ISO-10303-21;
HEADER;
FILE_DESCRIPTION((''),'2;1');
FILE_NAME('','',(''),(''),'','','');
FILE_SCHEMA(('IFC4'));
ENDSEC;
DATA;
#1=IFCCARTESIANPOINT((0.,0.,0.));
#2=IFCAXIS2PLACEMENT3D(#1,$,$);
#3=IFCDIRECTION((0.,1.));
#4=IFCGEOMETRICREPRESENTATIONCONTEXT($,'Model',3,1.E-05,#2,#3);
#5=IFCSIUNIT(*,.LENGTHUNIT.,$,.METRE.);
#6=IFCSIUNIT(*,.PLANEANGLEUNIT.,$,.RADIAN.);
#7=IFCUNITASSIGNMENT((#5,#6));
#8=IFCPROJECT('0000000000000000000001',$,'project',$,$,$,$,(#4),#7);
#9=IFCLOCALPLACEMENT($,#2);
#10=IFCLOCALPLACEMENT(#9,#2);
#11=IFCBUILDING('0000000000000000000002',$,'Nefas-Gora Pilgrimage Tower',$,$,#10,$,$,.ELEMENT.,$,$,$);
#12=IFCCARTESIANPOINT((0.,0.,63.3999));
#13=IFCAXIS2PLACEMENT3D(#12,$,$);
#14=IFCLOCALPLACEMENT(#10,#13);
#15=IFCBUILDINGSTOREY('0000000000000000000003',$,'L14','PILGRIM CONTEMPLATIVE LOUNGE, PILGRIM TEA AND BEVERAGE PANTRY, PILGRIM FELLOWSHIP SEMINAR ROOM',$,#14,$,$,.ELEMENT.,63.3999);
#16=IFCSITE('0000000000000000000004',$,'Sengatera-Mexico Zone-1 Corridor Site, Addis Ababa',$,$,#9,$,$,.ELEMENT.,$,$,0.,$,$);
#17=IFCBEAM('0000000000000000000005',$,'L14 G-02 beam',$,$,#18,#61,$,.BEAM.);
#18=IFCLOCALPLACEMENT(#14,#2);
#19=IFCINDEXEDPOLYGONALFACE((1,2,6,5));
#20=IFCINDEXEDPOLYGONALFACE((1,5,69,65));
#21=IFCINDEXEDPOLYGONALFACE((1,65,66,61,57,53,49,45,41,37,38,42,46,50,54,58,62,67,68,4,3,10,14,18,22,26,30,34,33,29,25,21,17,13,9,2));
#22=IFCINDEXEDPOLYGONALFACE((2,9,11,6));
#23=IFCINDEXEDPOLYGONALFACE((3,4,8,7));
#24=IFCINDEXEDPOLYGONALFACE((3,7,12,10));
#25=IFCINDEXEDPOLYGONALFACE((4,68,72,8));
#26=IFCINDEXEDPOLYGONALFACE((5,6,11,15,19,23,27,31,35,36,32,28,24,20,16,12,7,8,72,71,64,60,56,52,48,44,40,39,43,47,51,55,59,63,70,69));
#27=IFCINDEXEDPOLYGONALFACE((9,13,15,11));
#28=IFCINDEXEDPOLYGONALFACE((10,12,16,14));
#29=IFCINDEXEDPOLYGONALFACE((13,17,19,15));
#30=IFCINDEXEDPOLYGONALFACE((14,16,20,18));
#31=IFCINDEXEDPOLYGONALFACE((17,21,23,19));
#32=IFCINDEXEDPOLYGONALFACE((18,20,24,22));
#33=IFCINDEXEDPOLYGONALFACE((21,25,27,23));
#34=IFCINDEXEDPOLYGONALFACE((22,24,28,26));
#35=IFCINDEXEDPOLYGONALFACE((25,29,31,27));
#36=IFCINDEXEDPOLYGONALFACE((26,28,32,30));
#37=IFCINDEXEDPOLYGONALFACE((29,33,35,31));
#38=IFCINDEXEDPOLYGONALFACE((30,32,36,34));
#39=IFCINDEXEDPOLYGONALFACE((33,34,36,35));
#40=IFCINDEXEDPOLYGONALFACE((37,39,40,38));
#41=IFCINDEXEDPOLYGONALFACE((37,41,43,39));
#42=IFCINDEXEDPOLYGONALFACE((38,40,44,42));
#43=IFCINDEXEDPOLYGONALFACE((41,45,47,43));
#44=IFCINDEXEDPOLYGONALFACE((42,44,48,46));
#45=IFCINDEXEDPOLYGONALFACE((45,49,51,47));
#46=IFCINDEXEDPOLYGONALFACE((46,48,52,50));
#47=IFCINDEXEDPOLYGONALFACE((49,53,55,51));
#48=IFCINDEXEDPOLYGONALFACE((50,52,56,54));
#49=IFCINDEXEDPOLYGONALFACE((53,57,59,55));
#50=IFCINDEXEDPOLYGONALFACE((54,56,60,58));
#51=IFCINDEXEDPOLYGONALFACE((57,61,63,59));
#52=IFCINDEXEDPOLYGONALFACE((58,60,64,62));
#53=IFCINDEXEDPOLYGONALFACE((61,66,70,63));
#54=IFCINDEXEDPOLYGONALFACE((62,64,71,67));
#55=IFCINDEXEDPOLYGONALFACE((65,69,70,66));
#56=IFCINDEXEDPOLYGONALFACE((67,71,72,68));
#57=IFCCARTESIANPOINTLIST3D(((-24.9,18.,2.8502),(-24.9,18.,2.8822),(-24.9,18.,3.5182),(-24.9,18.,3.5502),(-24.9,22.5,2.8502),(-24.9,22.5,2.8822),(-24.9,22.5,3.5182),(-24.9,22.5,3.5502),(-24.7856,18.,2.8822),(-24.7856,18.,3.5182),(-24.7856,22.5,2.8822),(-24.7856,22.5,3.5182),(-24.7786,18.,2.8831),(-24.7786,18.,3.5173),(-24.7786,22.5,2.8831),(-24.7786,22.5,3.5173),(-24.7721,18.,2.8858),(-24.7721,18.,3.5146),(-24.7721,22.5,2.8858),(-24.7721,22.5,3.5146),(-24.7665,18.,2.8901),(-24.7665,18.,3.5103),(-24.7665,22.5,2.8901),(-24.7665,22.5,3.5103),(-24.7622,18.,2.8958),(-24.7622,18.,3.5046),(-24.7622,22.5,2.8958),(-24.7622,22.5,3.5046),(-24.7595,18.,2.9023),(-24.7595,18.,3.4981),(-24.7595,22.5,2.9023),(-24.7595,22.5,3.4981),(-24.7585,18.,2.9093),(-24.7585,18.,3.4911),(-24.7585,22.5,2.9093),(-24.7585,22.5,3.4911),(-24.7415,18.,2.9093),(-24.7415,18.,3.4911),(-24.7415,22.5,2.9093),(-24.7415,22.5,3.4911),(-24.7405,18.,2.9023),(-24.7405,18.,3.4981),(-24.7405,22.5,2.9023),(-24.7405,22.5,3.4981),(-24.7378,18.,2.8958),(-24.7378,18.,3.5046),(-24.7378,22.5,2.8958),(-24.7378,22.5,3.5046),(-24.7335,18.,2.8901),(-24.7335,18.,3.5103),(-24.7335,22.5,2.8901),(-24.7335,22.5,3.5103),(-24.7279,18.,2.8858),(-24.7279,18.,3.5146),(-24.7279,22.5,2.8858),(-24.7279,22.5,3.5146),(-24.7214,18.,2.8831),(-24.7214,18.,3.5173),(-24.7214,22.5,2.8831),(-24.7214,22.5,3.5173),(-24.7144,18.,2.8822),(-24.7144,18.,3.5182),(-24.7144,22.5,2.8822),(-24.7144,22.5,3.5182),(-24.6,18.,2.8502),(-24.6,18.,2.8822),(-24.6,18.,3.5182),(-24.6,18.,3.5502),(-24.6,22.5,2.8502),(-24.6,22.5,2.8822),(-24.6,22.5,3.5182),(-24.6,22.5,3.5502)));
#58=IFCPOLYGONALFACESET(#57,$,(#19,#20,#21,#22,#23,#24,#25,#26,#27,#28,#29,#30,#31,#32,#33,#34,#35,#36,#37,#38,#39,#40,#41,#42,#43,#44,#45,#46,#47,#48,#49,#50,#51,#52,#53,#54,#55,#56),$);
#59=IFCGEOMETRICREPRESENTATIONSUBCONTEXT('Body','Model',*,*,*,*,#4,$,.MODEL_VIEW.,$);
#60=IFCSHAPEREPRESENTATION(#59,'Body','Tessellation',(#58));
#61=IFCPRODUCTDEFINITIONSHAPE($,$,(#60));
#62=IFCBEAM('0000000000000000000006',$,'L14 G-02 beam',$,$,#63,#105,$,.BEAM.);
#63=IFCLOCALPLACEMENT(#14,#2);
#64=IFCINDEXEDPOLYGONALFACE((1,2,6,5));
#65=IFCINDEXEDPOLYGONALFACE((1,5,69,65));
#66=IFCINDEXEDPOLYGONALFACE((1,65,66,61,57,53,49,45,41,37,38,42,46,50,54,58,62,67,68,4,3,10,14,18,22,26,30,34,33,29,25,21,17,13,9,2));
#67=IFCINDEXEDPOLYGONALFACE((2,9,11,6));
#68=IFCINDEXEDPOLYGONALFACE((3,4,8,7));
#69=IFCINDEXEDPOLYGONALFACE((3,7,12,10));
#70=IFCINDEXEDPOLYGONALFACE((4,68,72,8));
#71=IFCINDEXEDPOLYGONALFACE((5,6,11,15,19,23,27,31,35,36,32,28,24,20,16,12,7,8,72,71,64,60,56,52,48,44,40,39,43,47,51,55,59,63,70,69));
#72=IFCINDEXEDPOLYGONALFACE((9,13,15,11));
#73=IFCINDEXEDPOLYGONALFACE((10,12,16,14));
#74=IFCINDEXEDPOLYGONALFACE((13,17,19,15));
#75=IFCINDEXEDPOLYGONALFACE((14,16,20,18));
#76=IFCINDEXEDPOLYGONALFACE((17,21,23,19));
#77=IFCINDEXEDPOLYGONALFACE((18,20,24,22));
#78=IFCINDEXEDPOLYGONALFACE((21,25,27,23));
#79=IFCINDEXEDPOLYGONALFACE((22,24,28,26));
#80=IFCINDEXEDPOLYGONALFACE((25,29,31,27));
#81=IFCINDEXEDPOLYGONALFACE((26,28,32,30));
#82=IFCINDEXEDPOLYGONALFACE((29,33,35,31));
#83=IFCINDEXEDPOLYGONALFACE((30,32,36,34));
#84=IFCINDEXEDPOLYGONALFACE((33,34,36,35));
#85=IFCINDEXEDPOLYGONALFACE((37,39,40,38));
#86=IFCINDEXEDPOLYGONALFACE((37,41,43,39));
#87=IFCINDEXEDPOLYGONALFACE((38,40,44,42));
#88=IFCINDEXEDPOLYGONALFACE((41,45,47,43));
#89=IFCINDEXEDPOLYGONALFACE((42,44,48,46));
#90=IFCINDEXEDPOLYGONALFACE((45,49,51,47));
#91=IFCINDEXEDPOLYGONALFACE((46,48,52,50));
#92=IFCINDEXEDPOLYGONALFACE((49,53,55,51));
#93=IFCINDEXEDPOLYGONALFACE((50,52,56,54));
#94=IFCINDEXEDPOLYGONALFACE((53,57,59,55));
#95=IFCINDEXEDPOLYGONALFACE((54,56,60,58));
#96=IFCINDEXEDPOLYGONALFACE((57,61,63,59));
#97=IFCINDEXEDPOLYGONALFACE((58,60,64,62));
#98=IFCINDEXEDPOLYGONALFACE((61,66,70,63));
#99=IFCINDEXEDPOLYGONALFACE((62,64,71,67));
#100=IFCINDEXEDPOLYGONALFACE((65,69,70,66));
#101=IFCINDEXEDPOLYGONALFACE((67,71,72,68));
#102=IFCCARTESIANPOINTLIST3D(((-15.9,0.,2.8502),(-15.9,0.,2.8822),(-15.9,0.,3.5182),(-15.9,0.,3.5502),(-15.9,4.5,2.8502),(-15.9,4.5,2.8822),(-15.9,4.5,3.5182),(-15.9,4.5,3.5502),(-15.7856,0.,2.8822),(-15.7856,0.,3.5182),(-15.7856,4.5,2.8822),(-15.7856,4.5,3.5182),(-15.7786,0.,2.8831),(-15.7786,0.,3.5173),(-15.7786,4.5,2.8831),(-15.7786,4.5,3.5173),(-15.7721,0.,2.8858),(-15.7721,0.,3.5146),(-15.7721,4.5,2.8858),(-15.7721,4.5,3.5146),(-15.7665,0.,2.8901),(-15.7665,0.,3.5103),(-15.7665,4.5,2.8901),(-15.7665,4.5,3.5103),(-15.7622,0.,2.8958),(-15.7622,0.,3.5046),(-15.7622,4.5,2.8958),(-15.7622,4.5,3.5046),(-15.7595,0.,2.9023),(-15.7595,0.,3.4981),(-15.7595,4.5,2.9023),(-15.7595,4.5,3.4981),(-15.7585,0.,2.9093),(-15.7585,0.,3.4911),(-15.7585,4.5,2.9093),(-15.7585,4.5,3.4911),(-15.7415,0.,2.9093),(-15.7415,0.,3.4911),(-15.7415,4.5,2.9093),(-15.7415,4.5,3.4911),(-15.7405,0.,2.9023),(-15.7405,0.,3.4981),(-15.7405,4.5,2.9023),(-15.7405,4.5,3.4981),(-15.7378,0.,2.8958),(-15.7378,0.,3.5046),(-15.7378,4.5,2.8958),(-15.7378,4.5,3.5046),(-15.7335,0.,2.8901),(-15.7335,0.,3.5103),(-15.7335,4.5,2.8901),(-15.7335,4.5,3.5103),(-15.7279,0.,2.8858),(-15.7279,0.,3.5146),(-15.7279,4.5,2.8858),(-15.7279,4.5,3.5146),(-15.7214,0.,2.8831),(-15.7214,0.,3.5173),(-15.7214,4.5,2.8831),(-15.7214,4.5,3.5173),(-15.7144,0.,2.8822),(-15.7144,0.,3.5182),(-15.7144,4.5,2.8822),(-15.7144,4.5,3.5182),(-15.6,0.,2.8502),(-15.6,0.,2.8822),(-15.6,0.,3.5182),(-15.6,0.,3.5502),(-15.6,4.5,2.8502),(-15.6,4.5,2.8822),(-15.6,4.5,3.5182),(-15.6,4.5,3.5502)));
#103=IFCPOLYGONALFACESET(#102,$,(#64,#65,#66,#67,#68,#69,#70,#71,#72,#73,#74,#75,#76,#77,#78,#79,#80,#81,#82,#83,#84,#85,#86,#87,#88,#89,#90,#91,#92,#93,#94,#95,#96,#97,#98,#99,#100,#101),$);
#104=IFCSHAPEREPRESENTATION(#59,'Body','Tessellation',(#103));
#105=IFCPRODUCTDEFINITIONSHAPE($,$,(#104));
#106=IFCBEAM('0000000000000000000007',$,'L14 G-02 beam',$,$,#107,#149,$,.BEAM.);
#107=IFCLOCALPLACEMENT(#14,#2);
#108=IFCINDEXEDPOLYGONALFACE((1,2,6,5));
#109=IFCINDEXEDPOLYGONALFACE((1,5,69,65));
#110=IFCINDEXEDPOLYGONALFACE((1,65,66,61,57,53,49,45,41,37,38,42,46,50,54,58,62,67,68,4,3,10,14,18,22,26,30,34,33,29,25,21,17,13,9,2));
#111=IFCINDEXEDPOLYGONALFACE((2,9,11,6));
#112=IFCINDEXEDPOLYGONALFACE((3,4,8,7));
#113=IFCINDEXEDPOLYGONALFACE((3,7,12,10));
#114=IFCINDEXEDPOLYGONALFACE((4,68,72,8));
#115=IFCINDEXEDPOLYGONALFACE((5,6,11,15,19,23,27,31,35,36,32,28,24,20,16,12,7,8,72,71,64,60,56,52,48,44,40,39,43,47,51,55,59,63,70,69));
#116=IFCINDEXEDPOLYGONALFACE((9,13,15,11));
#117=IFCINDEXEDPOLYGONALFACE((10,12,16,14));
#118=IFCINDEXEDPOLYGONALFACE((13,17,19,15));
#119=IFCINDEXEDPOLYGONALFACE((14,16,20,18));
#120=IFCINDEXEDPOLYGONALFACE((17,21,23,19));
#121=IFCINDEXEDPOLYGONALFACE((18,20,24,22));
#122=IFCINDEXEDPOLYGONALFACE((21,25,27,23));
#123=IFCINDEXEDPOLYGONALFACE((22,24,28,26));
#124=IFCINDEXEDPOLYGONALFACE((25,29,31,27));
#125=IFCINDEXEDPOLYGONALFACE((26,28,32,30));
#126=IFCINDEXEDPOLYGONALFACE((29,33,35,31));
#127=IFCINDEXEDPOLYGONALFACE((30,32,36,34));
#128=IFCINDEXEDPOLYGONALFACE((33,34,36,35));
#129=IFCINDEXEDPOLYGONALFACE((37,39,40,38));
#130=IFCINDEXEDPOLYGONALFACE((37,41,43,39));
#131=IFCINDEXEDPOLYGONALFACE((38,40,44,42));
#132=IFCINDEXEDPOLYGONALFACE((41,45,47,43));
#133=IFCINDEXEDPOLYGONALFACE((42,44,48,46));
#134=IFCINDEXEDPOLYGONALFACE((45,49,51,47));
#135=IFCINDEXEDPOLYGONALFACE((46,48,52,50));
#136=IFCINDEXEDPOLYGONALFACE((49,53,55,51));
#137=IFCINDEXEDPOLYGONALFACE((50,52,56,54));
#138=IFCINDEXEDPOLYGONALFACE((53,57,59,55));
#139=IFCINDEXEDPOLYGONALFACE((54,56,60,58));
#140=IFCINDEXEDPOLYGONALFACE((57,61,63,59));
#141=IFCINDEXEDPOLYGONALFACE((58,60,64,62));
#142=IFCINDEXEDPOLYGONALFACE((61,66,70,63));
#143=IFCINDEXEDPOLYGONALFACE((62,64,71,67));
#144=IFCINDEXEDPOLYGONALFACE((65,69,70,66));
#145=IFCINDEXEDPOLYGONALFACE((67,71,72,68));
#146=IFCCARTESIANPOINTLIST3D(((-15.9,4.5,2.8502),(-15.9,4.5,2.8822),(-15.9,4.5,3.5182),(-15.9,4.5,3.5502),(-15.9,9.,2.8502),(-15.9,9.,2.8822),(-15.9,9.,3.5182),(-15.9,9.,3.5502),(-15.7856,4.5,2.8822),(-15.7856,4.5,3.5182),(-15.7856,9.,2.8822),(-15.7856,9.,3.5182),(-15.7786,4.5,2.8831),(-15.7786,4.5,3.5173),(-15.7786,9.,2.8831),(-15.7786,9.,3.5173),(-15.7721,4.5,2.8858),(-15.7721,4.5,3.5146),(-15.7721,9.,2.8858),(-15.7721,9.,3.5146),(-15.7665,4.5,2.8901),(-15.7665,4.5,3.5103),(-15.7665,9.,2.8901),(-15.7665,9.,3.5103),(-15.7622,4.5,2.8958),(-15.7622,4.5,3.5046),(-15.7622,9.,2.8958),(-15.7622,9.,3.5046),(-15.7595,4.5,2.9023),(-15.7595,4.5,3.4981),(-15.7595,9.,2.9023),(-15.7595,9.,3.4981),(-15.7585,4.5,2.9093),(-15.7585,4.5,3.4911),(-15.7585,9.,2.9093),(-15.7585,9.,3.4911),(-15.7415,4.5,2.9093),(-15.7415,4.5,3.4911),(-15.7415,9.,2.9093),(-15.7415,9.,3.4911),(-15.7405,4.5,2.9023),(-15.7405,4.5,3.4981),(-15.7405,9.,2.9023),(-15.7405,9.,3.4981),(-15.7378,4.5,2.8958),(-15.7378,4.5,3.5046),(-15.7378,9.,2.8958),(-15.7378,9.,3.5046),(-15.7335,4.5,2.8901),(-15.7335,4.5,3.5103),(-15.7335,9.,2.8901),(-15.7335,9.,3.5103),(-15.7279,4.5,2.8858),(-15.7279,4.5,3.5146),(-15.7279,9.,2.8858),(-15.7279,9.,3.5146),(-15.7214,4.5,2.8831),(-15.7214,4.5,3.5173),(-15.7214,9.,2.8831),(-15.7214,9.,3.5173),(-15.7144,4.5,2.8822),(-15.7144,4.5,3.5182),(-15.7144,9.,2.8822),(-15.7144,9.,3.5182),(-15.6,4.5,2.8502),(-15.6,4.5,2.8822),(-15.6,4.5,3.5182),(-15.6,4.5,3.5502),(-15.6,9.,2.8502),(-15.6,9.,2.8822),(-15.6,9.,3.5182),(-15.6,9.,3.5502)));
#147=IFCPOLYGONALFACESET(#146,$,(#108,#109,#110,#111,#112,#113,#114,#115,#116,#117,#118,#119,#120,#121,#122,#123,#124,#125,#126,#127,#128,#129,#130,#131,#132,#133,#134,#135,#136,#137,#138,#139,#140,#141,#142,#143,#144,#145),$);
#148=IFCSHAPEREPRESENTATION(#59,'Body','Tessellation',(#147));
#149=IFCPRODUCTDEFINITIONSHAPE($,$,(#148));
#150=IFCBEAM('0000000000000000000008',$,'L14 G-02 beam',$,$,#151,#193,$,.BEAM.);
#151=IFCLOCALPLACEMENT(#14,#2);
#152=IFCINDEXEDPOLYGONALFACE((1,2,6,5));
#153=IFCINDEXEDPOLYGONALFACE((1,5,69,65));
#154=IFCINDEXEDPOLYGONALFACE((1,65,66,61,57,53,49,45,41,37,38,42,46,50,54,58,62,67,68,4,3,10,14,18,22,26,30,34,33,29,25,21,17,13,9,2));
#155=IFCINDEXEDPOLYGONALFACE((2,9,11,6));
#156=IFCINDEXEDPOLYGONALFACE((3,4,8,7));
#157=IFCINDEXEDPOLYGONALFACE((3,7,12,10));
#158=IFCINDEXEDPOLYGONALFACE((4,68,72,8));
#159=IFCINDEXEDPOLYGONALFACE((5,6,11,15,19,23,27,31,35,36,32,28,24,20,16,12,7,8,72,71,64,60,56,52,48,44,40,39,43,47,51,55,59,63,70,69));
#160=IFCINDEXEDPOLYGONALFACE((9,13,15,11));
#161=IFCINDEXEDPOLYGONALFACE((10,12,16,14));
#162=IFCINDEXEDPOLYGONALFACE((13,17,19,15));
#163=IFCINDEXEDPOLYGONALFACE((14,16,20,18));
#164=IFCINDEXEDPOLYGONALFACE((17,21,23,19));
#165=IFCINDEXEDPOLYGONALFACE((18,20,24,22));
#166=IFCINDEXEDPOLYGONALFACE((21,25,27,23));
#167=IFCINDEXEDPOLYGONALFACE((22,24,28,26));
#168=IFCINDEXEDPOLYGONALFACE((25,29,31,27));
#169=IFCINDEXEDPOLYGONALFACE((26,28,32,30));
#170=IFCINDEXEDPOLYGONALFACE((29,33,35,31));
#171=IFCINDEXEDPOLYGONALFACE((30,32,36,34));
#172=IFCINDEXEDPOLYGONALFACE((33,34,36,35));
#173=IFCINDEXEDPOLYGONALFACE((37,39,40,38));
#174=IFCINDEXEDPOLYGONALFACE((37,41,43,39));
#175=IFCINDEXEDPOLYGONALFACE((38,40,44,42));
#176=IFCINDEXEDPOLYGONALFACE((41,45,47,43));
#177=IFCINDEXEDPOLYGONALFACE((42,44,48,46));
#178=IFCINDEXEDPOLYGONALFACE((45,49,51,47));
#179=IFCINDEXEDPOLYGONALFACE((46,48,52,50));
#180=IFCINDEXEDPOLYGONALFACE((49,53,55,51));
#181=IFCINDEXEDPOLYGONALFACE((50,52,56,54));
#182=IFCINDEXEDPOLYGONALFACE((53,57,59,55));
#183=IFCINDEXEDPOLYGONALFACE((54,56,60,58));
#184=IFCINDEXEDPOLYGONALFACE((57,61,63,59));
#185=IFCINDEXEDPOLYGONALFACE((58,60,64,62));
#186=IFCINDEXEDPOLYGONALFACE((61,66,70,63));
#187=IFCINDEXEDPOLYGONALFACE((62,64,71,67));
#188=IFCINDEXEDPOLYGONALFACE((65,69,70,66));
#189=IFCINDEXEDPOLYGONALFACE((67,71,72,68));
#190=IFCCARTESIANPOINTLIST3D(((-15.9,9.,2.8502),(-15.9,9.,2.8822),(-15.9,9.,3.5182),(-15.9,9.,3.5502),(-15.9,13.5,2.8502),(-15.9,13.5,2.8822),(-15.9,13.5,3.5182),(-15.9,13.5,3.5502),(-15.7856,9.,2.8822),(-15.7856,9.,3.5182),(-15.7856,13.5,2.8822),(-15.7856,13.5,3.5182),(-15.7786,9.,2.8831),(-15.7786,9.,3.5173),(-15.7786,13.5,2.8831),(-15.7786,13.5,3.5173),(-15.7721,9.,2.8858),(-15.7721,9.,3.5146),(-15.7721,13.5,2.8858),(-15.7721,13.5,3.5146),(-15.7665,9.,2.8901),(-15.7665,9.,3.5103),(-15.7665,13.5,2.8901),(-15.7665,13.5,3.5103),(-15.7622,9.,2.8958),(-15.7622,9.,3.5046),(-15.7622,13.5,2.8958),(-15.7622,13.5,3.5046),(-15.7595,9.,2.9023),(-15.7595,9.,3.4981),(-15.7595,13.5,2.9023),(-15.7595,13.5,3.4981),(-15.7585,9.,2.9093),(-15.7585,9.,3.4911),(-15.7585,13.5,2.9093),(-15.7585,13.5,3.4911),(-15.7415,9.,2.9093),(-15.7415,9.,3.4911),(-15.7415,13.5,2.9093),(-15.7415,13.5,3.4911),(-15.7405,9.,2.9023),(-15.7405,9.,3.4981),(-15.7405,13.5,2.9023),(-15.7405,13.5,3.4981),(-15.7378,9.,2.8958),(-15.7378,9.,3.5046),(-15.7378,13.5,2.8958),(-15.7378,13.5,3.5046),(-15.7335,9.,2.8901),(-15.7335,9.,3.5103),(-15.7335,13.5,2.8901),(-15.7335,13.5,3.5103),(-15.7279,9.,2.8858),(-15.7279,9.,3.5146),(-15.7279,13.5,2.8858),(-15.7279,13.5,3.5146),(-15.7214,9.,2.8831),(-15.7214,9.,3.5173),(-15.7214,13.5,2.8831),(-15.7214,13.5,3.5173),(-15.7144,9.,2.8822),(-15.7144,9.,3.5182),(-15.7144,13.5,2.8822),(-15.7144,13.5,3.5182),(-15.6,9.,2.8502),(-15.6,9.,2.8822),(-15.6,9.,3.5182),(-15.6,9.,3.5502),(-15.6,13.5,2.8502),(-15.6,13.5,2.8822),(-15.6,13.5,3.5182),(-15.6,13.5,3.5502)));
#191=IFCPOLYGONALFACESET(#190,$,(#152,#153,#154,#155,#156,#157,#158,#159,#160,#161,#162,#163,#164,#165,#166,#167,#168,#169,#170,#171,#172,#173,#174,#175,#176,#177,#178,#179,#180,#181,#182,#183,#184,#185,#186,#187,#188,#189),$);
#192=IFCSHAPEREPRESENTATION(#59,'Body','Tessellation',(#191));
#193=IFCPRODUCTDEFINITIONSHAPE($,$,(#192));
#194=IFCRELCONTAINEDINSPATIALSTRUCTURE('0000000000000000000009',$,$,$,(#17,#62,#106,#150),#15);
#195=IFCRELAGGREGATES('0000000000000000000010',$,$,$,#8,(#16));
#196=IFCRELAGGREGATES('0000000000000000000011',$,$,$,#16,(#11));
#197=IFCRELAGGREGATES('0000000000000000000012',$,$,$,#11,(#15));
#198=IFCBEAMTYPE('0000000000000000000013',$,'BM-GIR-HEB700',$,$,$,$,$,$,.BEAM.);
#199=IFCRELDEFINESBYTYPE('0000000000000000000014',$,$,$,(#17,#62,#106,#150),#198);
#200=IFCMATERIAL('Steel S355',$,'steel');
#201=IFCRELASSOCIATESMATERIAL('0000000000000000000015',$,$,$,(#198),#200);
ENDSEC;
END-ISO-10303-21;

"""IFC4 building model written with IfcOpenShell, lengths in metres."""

from ifc_helpers import new_model, si_unit, direction, frame, origin, origin_2d, place, context, subcontext, project, spatial, i_section, extrude, source, transform, mapped, material, material_profile, profile_set, type_object, element, save


model = new_model("IFC4")

# Units and contexts
model_context = context("Model", 3, precision=1e-05, world=origin(), true_north=direction((0.0, 1.0)))
body_context = subcontext(model_context, "Body", "Model", "MODEL_VIEW")
ifc_project = project(units=[si_unit("LENGTHUNIT", "METRE"), si_unit("PLANEANGLEUNIT", "RADIAN")], contexts=[model_context])

# Site, building, storey
site_placement = place(None, origin())
site = spatial("IfcSite", under=ifc_project, at=site_placement, Name="Sengatera-Mexico Zone-1 Corridor Site, Addis Ababa", CompositionType="ELEMENT", RefElevation=0.0)
building_placement = place(site_placement, origin())
building = spatial("IfcBuilding", under=site, at=building_placement, Name="Nefas-Gora Pilgrimage Tower", CompositionType="ELEMENT")
storey_placement = place(building_placement, frame((0.0, 0.0, 63.3999)))
storey = spatial("IfcBuildingStorey", under=building, at=storey_placement, Name="L14", Description="PILGRIM CONTEMPLATIVE LOUNGE, PILGRIM TEA AND BEVERAGE PANTRY, PILGRIM FELLOWSHIP SEMINAR ROOM", CompositionType="ELEMENT", Elevation=63.3999)

# Beams
ifc_material_1 = material(Name="Steel S355", Category="steel")
ifc_material_profile_1 = material_profile(ifc_material_1, i_section(OverallWidth=0.3, OverallDepth=0.7, WebThickness=0.0171, FlangeThickness=0.032, FilletRadius=0.0271, at=origin_2d()), Name="HEB 700")
ifc_profile_set_1 = profile_set([ifc_material_profile_1], Name="Steel S355")
beam_type_1 = type_object("IfcBeamType", Name="BM-GIR-HEB700", PredefinedType="BEAM", material=ifc_profile_set_1)
shared_shape_1 = source(origin(), body_context, "Body", "SweptSolid", [
    extrude(i_section(OverallWidth=0.3, OverallDepth=0.7, WebThickness=0.0171, FlangeThickness=0.032, FilletRadius=0.0271, at=origin_2d()), origin(), (0.0, 0.0, 1.0), 4.5),
])
for number, where, z_axis, x_axis, name in (
    (1, (-24.75, 18.0, 3.2002), (0.0, 1.0, 0.0), (-1.0, 0.0, 0.0), "L14 G-02 beam"),
    (2, (-15.75, 0.0, 3.2002), (0.0, 1.0, 0.0), (-1.0, 0.0, 0.0), "L14 G-02 beam"),
    (3, (-15.75, 4.5, 3.2002), (0.0, 1.0, 0.0), (-1.0, 0.0, 0.0), "L14 G-02 beam"),
    (4, (-15.75, 9.0, 3.2002), (0.0, 1.0, 0.0), (-1.0, 0.0, 0.0), "L14 G-02 beam"),
):
    element("IfcBeam", number, at=place(storey_placement, frame(where, z_axis=z_axis, x_axis=x_axis)), inside=storey, type_object=beam_type_1, Name=name, PredefinedType="BEAM", context=body_context, shape_type="MappedRepresentation", body=[
        mapped(shared_shape_1, transform((0.0, 0.0, 0.0), x_axis=(1.0, 0.0, 0.0), y_axis=(0.0, 1.0, 0.0), z_axis=(0.0, 0.0, 1.0), scale=1.0)),
    ])

save(model, "model.ifc")
